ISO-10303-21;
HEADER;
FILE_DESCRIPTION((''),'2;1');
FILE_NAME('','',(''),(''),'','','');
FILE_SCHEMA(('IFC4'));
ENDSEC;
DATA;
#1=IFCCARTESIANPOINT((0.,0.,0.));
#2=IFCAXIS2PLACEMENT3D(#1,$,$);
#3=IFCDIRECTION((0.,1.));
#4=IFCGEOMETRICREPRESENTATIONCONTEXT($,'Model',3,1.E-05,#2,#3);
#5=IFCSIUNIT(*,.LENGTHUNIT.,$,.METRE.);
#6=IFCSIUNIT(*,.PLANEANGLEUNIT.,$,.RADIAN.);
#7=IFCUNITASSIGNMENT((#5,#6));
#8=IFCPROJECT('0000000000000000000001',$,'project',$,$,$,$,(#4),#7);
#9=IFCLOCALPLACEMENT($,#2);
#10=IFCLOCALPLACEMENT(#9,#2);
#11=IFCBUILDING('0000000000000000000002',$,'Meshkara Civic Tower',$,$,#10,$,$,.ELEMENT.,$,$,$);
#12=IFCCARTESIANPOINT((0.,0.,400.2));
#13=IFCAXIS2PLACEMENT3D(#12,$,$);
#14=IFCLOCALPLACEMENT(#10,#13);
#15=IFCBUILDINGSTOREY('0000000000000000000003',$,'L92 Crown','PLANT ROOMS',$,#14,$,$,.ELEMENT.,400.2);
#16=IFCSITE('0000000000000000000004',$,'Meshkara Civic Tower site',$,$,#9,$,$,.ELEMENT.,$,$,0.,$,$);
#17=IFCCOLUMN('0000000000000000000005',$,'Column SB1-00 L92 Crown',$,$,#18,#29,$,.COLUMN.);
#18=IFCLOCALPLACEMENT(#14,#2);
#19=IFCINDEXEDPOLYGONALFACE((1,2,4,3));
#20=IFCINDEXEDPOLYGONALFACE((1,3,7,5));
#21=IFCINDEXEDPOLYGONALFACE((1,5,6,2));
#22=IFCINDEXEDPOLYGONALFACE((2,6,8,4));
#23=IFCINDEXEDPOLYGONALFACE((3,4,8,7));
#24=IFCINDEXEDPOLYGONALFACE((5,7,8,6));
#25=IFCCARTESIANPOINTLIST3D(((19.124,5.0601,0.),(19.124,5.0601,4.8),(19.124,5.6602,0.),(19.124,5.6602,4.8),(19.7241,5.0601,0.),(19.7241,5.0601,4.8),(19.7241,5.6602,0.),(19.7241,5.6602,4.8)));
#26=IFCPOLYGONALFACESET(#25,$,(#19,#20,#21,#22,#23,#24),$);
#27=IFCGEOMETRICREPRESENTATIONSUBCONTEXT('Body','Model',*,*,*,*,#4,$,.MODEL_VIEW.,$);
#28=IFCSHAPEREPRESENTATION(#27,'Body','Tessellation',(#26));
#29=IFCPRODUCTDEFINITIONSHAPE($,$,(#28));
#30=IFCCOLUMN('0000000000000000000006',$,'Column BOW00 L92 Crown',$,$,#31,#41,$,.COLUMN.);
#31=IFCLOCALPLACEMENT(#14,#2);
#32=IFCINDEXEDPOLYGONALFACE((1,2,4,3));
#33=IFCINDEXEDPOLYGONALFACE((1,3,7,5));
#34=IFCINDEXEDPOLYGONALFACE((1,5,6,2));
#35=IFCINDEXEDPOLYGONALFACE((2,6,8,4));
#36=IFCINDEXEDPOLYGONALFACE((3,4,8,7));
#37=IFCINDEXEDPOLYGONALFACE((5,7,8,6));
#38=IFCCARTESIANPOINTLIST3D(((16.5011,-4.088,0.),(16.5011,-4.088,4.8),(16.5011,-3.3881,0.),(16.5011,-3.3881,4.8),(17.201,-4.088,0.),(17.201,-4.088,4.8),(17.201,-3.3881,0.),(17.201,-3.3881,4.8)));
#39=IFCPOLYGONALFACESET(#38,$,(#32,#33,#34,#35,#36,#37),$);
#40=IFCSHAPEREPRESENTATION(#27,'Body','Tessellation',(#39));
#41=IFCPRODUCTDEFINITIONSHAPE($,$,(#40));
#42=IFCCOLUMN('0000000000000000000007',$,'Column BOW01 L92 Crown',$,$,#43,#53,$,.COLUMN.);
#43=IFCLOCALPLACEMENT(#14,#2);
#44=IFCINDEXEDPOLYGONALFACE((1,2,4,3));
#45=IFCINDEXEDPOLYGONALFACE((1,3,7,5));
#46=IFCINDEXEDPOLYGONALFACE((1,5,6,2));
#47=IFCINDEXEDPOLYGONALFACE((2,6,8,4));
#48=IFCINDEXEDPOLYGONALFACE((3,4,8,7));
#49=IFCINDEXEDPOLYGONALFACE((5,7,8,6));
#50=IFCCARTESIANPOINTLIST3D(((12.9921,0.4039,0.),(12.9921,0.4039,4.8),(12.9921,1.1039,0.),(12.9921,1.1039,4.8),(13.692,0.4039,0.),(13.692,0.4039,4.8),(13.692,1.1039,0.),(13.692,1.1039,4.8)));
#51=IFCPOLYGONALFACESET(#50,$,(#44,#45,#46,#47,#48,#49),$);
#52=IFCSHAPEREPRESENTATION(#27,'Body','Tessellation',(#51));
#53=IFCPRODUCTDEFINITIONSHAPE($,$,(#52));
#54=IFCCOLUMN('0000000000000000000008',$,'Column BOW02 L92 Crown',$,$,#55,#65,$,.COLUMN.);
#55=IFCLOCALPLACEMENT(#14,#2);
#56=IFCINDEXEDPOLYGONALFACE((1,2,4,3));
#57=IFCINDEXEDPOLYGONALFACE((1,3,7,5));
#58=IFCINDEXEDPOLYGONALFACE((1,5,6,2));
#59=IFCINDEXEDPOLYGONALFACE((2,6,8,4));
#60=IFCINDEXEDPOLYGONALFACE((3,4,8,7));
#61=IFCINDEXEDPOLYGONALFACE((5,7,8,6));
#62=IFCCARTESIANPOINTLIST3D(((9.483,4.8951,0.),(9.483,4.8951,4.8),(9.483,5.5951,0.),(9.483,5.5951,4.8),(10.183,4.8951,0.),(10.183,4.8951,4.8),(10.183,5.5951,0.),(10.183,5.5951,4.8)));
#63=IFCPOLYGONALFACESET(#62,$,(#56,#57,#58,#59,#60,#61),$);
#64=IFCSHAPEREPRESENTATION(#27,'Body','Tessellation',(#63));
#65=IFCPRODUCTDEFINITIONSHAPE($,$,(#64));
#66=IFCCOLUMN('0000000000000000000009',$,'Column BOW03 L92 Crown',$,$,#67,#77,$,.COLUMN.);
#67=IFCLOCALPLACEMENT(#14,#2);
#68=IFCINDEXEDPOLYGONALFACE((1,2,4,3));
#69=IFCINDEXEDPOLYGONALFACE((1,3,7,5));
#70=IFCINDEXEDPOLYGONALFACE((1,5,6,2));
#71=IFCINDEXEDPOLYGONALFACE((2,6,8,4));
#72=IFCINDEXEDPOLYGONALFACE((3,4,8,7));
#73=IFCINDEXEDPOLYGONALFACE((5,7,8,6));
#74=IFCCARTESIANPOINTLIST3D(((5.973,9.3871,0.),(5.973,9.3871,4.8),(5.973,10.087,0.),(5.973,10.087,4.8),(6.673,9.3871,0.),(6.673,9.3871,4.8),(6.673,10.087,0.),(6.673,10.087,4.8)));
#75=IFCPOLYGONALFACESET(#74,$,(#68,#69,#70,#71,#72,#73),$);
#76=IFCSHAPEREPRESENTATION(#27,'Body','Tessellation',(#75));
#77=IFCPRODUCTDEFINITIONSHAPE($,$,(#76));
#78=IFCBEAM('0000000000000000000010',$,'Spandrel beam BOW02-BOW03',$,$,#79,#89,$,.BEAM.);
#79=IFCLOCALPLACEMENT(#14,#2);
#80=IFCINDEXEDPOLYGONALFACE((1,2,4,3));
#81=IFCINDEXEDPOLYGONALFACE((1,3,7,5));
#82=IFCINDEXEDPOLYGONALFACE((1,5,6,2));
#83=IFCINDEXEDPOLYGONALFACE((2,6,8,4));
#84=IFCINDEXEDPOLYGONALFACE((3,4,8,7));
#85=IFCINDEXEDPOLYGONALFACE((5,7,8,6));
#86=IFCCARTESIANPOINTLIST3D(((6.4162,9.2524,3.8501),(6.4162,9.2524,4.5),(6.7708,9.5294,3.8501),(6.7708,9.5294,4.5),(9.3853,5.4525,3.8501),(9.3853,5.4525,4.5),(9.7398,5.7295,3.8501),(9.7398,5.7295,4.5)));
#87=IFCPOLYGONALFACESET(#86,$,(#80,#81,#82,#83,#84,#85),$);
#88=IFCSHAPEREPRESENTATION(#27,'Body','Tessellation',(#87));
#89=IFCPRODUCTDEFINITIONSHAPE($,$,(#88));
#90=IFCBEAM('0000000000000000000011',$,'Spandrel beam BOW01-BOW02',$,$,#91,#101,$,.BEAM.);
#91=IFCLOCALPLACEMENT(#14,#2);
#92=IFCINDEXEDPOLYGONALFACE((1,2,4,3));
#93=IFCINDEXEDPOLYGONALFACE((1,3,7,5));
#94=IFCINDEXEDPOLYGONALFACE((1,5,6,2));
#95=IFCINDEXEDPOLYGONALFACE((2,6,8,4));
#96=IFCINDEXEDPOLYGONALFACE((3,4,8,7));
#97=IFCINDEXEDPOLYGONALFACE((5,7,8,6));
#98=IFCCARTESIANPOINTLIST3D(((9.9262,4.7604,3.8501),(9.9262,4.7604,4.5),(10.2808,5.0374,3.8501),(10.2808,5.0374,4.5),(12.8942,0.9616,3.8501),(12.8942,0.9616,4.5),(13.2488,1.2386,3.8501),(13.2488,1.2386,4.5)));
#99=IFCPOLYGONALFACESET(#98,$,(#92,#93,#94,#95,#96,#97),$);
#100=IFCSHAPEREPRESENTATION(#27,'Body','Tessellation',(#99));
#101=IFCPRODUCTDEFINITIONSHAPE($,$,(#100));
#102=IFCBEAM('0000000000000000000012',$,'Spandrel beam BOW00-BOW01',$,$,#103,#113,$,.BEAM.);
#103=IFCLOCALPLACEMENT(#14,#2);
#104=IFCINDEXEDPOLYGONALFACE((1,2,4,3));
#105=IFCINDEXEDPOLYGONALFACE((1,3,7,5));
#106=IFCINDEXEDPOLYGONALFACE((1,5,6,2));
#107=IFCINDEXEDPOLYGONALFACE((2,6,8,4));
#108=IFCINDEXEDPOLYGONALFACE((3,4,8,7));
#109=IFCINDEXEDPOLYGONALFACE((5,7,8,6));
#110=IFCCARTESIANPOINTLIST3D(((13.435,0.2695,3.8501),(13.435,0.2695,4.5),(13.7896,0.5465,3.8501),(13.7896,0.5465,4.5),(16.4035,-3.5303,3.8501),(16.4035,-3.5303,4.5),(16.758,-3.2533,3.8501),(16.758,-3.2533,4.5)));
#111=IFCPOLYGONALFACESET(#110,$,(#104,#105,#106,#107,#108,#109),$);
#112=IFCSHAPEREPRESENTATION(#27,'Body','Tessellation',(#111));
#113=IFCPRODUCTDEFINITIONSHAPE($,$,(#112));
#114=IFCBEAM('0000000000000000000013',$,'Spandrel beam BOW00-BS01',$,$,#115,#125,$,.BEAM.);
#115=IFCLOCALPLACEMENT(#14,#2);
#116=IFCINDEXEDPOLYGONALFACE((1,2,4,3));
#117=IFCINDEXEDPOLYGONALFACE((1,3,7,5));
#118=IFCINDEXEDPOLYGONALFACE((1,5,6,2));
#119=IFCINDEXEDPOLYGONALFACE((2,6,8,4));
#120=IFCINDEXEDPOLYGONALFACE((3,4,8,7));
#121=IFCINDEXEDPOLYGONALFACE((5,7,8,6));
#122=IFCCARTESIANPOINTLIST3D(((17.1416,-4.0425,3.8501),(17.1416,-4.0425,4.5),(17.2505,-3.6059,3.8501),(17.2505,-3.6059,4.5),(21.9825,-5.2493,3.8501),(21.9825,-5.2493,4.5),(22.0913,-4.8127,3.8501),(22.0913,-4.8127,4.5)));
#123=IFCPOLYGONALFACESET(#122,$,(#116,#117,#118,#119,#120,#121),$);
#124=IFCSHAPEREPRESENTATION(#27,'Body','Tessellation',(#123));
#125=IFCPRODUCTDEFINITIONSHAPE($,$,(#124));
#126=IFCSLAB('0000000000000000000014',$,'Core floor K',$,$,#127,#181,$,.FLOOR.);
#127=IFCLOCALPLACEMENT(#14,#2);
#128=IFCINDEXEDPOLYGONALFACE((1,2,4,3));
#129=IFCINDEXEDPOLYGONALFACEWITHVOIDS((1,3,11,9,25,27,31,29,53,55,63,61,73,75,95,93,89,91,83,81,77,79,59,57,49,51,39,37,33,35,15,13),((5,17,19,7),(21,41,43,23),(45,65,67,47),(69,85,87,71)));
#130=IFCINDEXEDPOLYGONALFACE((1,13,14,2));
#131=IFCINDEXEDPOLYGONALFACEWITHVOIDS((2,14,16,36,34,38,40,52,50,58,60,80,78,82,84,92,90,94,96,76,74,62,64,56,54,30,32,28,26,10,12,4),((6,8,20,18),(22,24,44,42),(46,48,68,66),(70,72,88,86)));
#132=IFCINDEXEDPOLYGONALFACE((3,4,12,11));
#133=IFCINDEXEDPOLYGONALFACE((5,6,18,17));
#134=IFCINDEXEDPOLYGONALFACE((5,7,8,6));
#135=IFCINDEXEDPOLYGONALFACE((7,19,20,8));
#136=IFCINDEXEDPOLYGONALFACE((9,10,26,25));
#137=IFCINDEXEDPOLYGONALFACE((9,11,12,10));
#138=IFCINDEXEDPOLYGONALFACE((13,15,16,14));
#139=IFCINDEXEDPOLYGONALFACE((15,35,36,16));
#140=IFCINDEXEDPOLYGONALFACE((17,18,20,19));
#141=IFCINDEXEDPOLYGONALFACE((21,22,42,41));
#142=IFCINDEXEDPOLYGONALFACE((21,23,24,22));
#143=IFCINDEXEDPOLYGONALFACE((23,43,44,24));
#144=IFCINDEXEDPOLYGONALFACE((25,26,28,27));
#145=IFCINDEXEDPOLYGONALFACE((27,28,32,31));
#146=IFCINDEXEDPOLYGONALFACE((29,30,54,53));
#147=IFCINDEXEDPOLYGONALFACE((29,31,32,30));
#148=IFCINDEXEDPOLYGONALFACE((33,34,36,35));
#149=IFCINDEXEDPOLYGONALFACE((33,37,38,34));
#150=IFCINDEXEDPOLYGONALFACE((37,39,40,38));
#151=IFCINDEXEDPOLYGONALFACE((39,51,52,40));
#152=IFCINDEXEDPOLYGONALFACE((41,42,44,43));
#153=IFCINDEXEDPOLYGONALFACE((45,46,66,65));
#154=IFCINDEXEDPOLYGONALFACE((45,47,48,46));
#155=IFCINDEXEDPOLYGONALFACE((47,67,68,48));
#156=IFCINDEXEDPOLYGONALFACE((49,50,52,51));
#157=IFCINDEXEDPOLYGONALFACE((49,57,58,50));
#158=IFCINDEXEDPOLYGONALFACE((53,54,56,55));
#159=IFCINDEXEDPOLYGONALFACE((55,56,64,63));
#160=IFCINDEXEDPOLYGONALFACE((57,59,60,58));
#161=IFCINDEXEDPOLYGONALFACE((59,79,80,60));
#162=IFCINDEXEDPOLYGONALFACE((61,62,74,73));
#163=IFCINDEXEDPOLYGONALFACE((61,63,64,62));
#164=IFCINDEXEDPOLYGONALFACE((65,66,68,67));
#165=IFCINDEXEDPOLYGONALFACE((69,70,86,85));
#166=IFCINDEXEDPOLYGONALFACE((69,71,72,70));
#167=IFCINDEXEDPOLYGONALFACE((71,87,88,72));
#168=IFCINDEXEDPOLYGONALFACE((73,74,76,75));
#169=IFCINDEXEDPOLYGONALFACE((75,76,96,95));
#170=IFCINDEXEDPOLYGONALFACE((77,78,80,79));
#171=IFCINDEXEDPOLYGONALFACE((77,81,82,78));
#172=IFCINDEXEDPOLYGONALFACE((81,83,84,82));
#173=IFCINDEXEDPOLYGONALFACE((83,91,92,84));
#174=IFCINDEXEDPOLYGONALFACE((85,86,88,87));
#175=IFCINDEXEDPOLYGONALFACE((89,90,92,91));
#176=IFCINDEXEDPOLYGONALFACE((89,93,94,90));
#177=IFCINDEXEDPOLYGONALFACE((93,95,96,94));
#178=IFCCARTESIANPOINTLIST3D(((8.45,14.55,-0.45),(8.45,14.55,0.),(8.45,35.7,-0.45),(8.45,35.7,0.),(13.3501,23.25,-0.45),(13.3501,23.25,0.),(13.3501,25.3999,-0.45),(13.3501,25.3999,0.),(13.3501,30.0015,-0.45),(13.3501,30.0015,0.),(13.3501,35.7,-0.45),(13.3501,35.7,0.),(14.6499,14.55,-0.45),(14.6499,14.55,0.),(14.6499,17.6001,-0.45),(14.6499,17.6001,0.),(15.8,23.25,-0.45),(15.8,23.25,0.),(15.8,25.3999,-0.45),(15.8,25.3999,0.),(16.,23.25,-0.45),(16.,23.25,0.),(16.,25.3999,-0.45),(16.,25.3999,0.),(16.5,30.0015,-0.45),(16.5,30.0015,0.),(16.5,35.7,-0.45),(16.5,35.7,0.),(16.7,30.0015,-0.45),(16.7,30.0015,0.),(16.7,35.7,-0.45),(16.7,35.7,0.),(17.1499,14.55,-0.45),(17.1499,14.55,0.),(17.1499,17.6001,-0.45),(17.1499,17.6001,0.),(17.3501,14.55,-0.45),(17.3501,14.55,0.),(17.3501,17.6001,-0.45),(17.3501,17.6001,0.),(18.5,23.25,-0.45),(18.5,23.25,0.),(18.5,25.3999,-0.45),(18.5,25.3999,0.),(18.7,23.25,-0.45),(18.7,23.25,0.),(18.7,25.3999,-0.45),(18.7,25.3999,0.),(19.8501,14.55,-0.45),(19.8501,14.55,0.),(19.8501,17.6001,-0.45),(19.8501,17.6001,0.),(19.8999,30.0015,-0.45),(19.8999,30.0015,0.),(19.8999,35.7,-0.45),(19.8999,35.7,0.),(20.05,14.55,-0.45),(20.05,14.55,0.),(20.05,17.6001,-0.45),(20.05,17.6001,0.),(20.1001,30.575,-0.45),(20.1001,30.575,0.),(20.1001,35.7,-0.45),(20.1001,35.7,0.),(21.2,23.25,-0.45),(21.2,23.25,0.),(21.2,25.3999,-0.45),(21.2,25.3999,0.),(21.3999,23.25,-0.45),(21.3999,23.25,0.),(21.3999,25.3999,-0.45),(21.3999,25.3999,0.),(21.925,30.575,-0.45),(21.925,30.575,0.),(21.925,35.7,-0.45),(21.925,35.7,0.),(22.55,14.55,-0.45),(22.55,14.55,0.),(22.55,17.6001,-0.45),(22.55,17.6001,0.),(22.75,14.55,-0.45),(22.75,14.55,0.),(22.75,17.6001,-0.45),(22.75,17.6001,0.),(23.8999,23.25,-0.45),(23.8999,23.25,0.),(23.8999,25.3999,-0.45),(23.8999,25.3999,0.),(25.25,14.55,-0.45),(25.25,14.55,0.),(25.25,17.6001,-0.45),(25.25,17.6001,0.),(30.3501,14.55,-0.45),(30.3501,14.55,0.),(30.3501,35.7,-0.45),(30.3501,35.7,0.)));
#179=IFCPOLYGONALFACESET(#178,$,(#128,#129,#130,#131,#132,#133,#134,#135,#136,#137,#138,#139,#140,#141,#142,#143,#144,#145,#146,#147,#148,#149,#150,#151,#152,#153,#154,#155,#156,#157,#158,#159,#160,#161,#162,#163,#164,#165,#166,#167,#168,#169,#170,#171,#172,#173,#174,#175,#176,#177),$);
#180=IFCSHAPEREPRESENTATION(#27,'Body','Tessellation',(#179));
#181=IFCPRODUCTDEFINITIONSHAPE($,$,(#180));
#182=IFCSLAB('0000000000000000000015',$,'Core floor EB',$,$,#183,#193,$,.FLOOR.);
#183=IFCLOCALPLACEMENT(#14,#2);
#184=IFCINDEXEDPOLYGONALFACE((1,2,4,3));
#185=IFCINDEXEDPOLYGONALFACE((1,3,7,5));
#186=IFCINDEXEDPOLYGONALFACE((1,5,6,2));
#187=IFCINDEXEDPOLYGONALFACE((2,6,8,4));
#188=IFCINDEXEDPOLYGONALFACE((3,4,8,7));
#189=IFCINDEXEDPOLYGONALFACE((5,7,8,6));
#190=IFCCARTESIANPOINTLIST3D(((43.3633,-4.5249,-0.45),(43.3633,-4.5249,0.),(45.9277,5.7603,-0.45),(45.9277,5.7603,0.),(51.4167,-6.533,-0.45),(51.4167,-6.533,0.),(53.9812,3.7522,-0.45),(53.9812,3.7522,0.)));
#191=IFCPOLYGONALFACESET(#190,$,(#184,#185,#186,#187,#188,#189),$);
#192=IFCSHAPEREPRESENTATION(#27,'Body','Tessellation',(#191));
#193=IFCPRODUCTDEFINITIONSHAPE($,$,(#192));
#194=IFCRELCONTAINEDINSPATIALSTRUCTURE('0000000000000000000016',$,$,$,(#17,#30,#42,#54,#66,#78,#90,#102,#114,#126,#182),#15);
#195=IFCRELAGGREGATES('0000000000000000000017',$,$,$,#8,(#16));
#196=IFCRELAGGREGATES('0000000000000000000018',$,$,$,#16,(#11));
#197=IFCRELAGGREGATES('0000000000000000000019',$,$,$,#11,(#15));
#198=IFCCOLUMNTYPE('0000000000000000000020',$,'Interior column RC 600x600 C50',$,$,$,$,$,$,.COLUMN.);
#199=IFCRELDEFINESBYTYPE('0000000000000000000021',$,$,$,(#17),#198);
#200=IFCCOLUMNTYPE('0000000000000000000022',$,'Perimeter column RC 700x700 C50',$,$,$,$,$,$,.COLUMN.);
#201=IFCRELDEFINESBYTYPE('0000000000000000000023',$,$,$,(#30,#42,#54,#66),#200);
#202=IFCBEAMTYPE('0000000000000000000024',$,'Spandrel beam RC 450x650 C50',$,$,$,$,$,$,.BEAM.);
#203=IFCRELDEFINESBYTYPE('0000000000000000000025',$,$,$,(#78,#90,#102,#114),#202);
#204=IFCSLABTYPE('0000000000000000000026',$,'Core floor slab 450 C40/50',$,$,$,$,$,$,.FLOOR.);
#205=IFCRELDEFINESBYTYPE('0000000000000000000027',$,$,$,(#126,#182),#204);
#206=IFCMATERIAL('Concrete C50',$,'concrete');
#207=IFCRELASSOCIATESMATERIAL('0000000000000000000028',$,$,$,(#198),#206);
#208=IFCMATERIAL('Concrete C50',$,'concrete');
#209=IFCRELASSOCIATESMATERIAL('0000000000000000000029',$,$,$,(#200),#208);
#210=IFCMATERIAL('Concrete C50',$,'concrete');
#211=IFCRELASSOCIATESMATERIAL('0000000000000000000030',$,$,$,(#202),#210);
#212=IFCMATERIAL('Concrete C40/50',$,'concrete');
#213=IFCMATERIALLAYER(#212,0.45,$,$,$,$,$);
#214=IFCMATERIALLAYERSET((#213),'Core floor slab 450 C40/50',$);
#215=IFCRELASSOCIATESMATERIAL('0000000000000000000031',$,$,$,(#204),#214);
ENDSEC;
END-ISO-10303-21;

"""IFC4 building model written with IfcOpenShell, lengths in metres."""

from ifc_helpers import new_model, si_unit, direction, frame, origin, origin_2d, place, context, subcontext, project, spatial, polyline, rectangle, outline, extrude, material, layer, layer_set, material_profile, profile_set, type_object, element, save


model = new_model("IFC4")

# Units and contexts
model_context = context("Model", 3, precision=1e-05, world=origin(), true_north=direction((0.0, 1.0)))
body_context = subcontext(model_context, "Body", "Model", "MODEL_VIEW")
ifc_project = project(units=[si_unit("LENGTHUNIT", "METRE"), si_unit("PLANEANGLEUNIT", "RADIAN")], contexts=[model_context])

# Site, building, storey
site_placement = place(None, origin())
site = spatial("IfcSite", under=ifc_project, at=site_placement, Name="Meshkara Civic Tower site", CompositionType="ELEMENT", RefElevation=0.0)
building_placement = place(site_placement, origin())
building = spatial("IfcBuilding", under=site, at=building_placement, Name="Meshkara Civic Tower", CompositionType="ELEMENT")
storey_placement = place(building_placement, frame((0.0, 0.0, 400.2)))
storey = spatial("IfcBuildingStorey", under=building, at=storey_placement, Name="L92 Crown", Description="PLANT ROOMS", CompositionType="ELEMENT", Elevation=400.2)

# Columns
ifc_material_1 = material(Name="Concrete C50", Category="concrete")
ifc_material_profile_1 = material_profile(ifc_material_1, rectangle(XDim=0.6001, YDim=0.6001, at=origin_2d()))
ifc_profile_set_1 = profile_set([ifc_material_profile_1], Name="Concrete C50")
column_type_1 = type_object("IfcColumnType", Name="Interior column RC 600x600 C50", PredefinedType="COLUMN", material=ifc_profile_set_1)
column_placement = place(storey_placement, frame((19.4241, 5.3601, 0.0), z_axis=(0.0, 0.0, 1.0), x_axis=(1.0, 0.0, 0.0)))
element("IfcColumn", 1, at=column_placement, inside=storey, type_object=column_type_1, Name="Column SB1-00 L92 Crown", PredefinedType="COLUMN", context=body_context, shape_type="SweptSolid", body=[
    extrude(rectangle(XDim=0.6001, YDim=0.6001, at=origin_2d()), origin(), (0.0, 0.0, 1.0), 4.8),
])
ifc_material_2 = material(Name="Concrete C50", Category="concrete")
ifc_material_profile_2 = material_profile(ifc_material_2, rectangle(XDim=0.7, YDim=0.7, at=origin_2d()))
ifc_profile_set_2 = profile_set([ifc_material_profile_2], Name="Concrete C50")
column_type_2 = type_object("IfcColumnType", Name="Perimeter column RC 700x700 C50", PredefinedType="COLUMN", material=ifc_profile_set_2)
for number, where, z_axis, x_axis, name in (
    (2, (16.8511, -3.738, 0.0), (0.0, 0.0, 1.0), (1.0, 0.0, 0.0), "Column BOW00 L92 Crown"),
    (3, (13.342, 0.7539, 0.0), (0.0, 0.0, 1.0), (1.0, 0.0, 0.0), "Column BOW01 L92 Crown"),
    (4, (9.833, 5.2451, 0.0), (0.0, 0.0, 1.0), (1.0, 0.0, 0.0), "Column BOW02 L92 Crown"),
    (5, (6.323, 9.7371, 0.0), (0.0, 0.0, 1.0), (1.0, 0.0, 0.0), "Column BOW03 L92 Crown"),
):
    element("IfcColumn", number, at=place(storey_placement, frame(where, z_axis=z_axis, x_axis=x_axis)), inside=storey, type_object=column_type_2, Name=name, PredefinedType="COLUMN", context=body_context, shape_type="SweptSolid", body=[
        extrude(rectangle(XDim=0.7, YDim=0.7, at=origin_2d()), origin(), (0.0, 0.0, 1.0), 4.8),
    ])

# Beams
ifc_material_3 = material(Name="Concrete C50", Category="concrete")
ifc_material_profile_3 = material_profile(ifc_material_3, rectangle(XDim=0.45, YDim=0.6499, at=origin_2d()))
ifc_profile_set_3 = profile_set([ifc_material_profile_3], Name="Concrete C50")
beam_type = type_object("IfcBeamType", Name="Spandrel beam RC 450x650 C50", PredefinedType="BEAM", material=ifc_profile_set_3)
beam_1_placement = place(storey_placement, frame((6.5935, 9.3909, 4.175), z_axis=(0.615695, -0.787984, 0.0), x_axis=(0.787984, 0.615695, 0.0)))
element("IfcBeam", 6, at=beam_1_placement, inside=storey, type_object=beam_type, Name="Spandrel beam BOW02-BOW03", PredefinedType="BEAM", context=body_context, shape_type="SweptSolid", body=[
    extrude(rectangle(XDim=0.45, YDim=0.6499, at=origin_2d()), origin(), (0.0, 0.0, 1.0), 4.8223),
])
beam_2_placement = place(storey_placement, frame((10.1035, 4.8989, 4.175), z_axis=(0.615668, -0.788006, 0.0), x_axis=(0.788006, 0.615668, 0.0)))
element("IfcBeam", 7, at=beam_2_placement, inside=storey, type_object=beam_type, Name="Spandrel beam BOW01-BOW02", PredefinedType="BEAM", context=body_context, shape_type="SweptSolid", body=[
    extrude(rectangle(XDim=0.45, YDim=0.6499, at=origin_2d()), origin(), (0.0, 0.0, 1.0), 4.8208),
])
beam_3_placement = place(storey_placement, frame((13.6123, 0.408, 4.175), z_axis=(0.615632, -0.788034, 0.0), x_axis=(0.788034, 0.615632, 0.0)))
element("IfcBeam", 8, at=beam_3_placement, inside=storey, type_object=beam_type, Name="Spandrel beam BOW00-BOW01", PredefinedType="BEAM", context=body_context, shape_type="SweptSolid", body=[
    extrude(rectangle(XDim=0.45, YDim=0.6499, at=origin_2d()), origin(), (0.0, 0.0, 1.0), 4.8218),
])
beam_4_placement = place(storey_placement, frame((17.196, -3.8242, 4.175), z_axis=(0.970303, -0.241891, 0.0), x_axis=(0.241891, 0.970303, 0.0)))
element("IfcBeam", 9, at=beam_4_placement, inside=storey, type_object=beam_type, Name="Spandrel beam BOW00-BS01", PredefinedType="BEAM", context=body_context, shape_type="SweptSolid", body=[
    extrude(rectangle(XDim=0.45, YDim=0.6499, at=origin_2d()), origin(), (0.0, 0.0, 1.0), 4.989),
])

# Slabs
ifc_material_4 = material(Name="Concrete C40/50", Category="concrete")
ifc_layer_1 = layer(ifc_material_4, 0.45)
ifc_layer_set_1 = layer_set([ifc_layer_1], Name="Core floor slab 450 C40/50")
slab_type_1 = type_object("IfcSlabType", Name="Core floor slab 450 C40/50", PredefinedType="FLOOR", material=ifc_layer_set_1)
slab_1_placement = place(storey_placement, frame((0.0, 0.0, -0.45)))
element("IfcSlab", 10, at=slab_1_placement, inside=storey, type_object=slab_type_1, Name="Core floor K", PredefinedType="FLOOR", context=body_context, shape_type="SweptSolid", body=[
    extrude(outline(polyline([(8.45, 35.7), (13.3501, 35.7), (13.3501, 30.0015), (16.5, 30.0015), (16.5, 35.7), (16.7, 35.7), (16.7, 30.0015), (19.8999, 30.0015), (19.8999, 35.7), (20.1001, 35.7), (20.1001, 30.575), (21.925, 30.575), (21.925, 35.7), (30.3501, 35.7), (30.3501, 14.55), (25.25, 14.55), (25.25, 17.6001), (22.75, 17.6001), (22.75, 14.55), (22.55, 14.55), (22.55, 17.6001), (20.05, 17.6001), (20.05, 14.55), (19.8501, 14.55), (19.8501, 17.6001), (17.3501, 17.6001), (17.3501, 14.55), (17.1499, 14.55), (17.1499, 17.6001), (14.6499, 17.6001), (14.6499, 14.55), (8.45, 14.55), (8.45, 35.7)]), holes=[polyline([(13.3501, 23.25), (15.8, 23.25), (15.8, 25.3999), (13.3501, 25.3999), (13.3501, 23.25)]), polyline([(18.5, 23.25), (18.5, 25.3999), (16.0, 25.3999), (16.0, 23.25), (18.5, 23.25)]), polyline([(18.7, 23.25), (21.2, 23.25), (21.2, 25.3999), (18.7, 25.3999), (18.7, 23.25)]), polyline([(23.8999, 23.25), (23.8999, 25.3999), (21.3999, 25.3999), (21.3999, 23.25), (23.8999, 23.25)])]), origin(), (0.0, 0.0, 1.0), 0.45),
])
slab_2_placement = place(storey_placement, frame((0.0, 0.0, -0.45)))
element("IfcSlab", 11, at=slab_2_placement, inside=storey, type_object=slab_type_1, Name="Core floor EB", PredefinedType="FLOOR", context=body_context, shape_type="SweptSolid", body=[
    extrude(outline(polyline([(43.3633, -4.5249), (45.9277, 5.7603), (53.9812, 3.7522), (51.4167, -6.533), (43.3633, -4.5249)])), origin(), (0.0, 0.0, 1.0), 0.45),
])

save(model, "model.ifc")
